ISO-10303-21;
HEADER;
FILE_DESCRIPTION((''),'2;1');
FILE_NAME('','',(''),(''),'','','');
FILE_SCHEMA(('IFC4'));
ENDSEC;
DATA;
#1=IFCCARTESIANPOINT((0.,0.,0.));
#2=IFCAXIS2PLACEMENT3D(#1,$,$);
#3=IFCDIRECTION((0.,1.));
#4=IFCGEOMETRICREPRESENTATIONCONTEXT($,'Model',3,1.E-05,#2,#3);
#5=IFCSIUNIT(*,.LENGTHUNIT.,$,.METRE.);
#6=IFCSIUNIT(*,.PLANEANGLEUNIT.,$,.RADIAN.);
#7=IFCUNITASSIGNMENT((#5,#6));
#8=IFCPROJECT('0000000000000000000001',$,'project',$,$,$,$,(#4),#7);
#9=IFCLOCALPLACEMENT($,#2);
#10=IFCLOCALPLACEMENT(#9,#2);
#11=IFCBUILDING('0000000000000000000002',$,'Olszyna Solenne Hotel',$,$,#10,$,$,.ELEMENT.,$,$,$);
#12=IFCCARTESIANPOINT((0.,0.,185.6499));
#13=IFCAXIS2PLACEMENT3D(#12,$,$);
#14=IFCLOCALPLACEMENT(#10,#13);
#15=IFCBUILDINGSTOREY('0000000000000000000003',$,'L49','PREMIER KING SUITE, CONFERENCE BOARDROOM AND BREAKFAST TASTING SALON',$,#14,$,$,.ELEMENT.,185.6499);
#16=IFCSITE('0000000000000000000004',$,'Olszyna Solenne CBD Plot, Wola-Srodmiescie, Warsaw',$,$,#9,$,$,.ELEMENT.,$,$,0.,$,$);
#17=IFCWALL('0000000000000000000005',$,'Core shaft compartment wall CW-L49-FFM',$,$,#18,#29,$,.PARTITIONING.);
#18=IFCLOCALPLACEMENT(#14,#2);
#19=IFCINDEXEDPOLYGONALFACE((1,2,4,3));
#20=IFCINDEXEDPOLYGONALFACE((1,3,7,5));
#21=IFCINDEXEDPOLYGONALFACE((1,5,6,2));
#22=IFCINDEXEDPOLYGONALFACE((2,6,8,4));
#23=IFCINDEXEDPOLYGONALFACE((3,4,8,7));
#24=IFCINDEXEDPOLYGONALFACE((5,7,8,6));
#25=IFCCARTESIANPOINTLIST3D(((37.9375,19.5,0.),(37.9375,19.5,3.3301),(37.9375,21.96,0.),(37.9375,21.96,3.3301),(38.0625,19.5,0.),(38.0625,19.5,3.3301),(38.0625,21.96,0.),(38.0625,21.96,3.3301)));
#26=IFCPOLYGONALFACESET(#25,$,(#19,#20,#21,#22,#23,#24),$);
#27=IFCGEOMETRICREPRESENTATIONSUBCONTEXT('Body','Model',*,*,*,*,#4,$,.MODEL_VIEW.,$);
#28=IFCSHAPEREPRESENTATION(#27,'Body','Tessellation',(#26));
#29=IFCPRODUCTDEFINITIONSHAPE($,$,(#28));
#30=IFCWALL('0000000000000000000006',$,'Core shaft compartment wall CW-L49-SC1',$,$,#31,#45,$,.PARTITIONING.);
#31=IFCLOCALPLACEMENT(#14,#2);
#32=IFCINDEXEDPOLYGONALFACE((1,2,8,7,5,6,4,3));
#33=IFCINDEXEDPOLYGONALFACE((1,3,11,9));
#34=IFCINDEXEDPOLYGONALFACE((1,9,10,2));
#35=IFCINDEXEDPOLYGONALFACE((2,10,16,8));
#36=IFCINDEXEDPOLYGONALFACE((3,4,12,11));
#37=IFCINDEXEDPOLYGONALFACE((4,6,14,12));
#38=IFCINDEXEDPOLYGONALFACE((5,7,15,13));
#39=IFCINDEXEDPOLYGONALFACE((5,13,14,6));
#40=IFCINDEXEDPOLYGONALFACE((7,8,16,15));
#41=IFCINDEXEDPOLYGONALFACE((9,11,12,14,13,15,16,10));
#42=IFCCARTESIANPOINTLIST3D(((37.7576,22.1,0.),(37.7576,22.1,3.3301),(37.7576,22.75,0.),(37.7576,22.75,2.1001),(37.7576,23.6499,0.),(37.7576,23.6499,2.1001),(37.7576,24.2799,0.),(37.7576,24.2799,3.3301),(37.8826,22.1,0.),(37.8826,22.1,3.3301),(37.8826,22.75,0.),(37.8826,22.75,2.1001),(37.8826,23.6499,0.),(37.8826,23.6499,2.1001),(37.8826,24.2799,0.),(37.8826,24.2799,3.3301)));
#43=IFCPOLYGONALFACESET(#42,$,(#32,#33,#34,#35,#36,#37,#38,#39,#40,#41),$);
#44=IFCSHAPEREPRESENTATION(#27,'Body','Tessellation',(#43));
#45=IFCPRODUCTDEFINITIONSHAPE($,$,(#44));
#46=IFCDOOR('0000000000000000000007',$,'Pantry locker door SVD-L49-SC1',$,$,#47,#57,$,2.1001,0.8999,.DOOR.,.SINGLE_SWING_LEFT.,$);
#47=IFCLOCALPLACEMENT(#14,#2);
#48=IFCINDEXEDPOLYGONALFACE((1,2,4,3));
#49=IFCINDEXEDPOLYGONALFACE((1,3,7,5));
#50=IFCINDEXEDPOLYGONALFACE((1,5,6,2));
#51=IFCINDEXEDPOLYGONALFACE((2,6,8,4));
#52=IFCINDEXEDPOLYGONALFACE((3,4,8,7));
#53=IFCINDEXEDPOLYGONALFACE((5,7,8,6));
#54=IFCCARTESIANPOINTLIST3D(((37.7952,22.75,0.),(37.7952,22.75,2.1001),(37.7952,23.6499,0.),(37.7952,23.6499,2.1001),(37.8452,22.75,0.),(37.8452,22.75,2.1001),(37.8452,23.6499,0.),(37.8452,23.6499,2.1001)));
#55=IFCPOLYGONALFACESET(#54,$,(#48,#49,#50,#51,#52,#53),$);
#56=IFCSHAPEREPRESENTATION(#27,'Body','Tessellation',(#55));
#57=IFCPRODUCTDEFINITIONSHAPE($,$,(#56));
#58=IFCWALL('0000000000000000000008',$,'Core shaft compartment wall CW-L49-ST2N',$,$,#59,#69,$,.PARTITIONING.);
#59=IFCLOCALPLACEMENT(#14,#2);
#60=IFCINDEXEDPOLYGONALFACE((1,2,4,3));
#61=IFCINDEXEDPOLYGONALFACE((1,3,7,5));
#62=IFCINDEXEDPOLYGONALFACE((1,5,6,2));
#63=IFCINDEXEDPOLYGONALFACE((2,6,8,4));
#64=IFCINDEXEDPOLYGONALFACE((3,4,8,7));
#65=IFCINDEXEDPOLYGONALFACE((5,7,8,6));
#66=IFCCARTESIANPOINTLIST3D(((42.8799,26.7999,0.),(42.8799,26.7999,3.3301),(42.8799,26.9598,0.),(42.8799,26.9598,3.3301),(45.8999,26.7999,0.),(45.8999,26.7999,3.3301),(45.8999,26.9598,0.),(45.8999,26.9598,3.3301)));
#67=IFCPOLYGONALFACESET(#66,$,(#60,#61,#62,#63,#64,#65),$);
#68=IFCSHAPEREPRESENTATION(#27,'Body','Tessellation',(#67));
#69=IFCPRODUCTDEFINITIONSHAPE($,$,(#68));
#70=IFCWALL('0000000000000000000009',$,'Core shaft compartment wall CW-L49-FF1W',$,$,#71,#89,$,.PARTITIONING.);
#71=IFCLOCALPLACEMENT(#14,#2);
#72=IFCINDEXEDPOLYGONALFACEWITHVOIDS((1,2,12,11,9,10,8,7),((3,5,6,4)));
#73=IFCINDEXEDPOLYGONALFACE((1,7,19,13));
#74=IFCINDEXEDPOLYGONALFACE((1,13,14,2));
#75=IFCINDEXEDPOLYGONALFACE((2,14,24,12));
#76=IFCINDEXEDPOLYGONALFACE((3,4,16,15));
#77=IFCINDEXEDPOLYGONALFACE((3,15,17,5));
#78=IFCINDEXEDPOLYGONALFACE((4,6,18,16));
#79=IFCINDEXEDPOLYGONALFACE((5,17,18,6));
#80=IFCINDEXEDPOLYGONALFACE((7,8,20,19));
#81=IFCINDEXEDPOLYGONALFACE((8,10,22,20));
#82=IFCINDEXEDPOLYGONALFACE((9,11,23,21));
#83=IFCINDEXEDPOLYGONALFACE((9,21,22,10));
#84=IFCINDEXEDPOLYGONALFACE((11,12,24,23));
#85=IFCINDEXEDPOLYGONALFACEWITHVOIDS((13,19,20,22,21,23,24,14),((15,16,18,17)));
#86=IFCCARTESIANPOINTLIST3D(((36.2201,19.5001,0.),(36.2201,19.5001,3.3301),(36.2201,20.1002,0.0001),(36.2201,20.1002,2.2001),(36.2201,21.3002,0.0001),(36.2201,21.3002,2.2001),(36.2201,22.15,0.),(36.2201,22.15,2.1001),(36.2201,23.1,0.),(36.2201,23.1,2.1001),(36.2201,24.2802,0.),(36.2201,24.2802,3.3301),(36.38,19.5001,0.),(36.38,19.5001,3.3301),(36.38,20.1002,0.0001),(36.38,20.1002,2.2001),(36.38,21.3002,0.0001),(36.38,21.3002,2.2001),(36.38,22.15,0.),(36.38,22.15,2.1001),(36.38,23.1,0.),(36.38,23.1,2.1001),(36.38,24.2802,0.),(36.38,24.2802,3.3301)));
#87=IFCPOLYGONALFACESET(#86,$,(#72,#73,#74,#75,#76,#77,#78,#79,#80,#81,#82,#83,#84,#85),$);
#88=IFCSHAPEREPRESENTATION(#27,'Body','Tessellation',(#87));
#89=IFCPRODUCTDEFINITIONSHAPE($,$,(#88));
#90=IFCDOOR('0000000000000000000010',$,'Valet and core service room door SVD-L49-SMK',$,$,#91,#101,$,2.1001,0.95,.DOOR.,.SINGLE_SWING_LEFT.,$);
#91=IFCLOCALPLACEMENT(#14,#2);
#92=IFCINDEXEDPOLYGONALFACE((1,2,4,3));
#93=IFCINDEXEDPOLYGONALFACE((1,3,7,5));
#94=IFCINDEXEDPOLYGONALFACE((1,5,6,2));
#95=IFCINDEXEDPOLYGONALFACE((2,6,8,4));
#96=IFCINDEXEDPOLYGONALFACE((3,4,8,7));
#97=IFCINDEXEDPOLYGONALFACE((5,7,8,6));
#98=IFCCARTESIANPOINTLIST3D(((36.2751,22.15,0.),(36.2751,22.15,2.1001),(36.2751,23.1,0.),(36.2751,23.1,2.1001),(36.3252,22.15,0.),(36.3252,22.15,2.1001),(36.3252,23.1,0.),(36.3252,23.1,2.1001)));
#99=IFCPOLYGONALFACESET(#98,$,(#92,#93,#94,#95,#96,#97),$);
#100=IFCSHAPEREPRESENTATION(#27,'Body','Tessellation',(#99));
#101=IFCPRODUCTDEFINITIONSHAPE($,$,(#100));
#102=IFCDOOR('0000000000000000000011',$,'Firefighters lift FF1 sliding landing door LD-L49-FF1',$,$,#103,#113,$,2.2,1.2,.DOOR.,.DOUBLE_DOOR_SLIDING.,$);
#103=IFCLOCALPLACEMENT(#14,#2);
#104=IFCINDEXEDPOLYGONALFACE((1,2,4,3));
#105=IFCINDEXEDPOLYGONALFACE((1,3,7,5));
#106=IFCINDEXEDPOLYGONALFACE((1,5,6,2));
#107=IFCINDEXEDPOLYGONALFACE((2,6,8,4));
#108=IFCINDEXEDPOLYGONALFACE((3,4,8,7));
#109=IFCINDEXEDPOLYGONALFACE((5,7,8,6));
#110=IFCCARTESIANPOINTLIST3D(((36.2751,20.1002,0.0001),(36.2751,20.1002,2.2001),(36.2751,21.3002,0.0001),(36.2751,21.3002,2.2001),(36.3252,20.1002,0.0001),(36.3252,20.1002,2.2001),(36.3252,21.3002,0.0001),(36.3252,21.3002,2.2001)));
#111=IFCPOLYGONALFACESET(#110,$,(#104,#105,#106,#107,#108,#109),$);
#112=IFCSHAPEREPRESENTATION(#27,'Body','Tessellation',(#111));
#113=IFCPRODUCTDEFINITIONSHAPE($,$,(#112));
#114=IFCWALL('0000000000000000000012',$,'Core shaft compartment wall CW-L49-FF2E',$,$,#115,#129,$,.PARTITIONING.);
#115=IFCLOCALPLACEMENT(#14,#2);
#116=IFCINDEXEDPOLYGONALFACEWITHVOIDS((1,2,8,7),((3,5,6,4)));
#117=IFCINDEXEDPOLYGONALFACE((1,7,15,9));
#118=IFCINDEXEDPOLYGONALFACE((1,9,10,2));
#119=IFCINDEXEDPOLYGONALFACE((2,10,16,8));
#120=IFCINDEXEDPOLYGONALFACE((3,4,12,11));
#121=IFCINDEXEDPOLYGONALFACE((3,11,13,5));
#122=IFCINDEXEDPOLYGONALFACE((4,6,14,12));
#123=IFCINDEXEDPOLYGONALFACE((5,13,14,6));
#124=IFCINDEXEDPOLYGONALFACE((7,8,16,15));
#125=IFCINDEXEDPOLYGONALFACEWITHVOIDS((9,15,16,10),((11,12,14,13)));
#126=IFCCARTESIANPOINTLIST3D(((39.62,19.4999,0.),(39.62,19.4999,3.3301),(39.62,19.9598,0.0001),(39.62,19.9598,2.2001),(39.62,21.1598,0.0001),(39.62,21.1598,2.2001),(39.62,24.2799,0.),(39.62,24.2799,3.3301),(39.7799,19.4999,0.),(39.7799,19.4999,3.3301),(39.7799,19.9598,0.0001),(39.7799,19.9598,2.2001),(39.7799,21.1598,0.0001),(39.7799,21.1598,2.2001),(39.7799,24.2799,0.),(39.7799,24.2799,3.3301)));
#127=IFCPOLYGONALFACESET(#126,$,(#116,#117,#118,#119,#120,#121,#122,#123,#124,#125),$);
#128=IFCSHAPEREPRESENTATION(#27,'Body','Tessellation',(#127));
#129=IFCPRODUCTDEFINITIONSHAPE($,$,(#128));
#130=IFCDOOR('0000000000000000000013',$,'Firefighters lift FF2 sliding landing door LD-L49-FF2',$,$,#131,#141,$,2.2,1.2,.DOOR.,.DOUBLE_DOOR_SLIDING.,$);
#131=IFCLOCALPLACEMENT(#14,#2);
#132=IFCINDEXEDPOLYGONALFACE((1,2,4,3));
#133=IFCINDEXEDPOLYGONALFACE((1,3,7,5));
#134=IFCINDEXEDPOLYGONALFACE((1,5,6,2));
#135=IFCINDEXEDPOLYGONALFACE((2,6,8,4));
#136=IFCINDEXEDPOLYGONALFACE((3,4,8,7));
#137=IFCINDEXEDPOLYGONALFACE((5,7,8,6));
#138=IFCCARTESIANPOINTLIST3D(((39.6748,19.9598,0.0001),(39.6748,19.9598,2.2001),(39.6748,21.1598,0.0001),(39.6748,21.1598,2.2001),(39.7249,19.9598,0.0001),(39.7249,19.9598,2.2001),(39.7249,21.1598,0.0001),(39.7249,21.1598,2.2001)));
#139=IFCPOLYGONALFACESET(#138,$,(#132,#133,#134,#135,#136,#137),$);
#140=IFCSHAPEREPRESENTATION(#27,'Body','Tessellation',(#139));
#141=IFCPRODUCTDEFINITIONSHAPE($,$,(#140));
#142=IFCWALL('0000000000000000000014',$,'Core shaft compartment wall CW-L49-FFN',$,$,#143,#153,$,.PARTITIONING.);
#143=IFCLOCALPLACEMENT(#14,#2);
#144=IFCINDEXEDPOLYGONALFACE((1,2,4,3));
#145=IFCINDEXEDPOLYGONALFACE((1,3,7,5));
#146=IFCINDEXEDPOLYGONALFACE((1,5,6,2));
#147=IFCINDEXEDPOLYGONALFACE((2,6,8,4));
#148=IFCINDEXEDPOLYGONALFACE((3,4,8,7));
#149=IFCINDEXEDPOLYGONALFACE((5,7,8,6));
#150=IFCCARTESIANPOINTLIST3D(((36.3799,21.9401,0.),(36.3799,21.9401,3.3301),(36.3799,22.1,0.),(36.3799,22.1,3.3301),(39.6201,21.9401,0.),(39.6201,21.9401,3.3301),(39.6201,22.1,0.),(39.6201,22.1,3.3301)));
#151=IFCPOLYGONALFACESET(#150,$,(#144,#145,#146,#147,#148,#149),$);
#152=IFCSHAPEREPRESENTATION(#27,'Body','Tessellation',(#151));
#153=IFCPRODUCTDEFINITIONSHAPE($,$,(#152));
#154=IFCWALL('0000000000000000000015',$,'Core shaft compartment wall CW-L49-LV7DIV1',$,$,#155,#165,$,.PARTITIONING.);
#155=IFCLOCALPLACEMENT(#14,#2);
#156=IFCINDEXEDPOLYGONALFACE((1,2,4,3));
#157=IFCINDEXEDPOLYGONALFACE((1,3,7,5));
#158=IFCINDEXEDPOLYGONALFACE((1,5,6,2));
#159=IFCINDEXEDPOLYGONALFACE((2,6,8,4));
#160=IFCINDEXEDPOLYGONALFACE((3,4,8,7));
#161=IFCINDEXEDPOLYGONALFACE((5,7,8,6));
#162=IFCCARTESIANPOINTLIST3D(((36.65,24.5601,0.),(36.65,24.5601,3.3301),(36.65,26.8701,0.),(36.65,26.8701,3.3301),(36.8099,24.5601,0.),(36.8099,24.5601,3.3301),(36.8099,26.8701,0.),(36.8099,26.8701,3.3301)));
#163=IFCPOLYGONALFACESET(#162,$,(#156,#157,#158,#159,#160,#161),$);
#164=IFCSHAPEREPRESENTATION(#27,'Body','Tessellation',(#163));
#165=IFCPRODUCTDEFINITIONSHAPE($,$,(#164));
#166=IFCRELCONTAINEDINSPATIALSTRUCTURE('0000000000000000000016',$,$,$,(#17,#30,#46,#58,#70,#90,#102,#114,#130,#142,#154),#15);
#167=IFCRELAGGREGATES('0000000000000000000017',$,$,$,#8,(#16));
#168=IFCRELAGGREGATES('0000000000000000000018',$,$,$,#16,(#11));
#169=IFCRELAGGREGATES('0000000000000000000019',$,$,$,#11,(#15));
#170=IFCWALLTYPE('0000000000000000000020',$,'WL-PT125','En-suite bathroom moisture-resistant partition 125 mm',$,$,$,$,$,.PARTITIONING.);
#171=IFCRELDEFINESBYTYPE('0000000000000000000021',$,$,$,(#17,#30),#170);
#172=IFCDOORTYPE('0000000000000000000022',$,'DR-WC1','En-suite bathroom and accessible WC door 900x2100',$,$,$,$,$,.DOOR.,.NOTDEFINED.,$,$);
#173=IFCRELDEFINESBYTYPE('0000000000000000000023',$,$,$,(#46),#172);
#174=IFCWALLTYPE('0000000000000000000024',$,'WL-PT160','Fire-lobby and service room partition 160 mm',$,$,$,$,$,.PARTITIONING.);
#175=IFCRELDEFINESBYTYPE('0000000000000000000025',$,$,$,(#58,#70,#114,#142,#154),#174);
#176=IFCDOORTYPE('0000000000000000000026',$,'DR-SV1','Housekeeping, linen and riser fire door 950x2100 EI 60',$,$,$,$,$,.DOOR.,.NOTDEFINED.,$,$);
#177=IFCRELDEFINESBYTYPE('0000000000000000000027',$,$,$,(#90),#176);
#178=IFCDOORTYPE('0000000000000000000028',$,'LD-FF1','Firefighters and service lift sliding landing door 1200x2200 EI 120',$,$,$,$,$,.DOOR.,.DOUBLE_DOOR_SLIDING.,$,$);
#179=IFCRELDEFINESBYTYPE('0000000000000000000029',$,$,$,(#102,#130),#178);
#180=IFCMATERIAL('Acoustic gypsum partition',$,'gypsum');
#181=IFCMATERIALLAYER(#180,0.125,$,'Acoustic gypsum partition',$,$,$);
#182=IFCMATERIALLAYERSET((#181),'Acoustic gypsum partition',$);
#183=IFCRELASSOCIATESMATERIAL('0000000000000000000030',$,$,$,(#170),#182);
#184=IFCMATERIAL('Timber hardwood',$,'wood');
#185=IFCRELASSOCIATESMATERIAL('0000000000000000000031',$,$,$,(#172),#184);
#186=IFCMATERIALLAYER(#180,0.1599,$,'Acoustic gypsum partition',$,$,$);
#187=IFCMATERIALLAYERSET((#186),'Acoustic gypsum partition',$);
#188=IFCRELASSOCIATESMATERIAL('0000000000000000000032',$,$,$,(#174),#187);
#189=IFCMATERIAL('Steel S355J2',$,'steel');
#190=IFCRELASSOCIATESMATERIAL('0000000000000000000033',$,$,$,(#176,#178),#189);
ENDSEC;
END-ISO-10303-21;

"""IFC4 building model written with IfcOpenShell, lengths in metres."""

from ifc_helpers import new_model, si_unit, direction, frame, frame_2d, origin, place, context, subcontext, project, spatial, rectangle, extrude, source, transform, mapped, material, layer, layer_set, type_object, type_shapes, element, fill, save


model = new_model("IFC4")

# Units and contexts
model_context = context("Model", 3, precision=1e-05, world=origin(), true_north=direction((0.0, 1.0)))
body_context = subcontext(model_context, "Body", "Model", "MODEL_VIEW")
ifc_project = project(units=[si_unit("LENGTHUNIT", "METRE"), si_unit("PLANEANGLEUNIT", "RADIAN")], contexts=[model_context])

# Site, building, storey
site_placement = place(None, origin())
site = spatial("IfcSite", under=ifc_project, at=site_placement, Name="Olszyna Solenne CBD Plot, Wola-Srodmiescie, Warsaw", CompositionType="ELEMENT", RefElevation=0.0)
building_placement = place(site_placement, origin())
building = spatial("IfcBuilding", under=site, at=building_placement, Name="Olszyna Solenne Hotel", CompositionType="ELEMENT")
storey_placement = place(building_placement, frame((0.0, 0.0, 185.6499)))
storey = spatial("IfcBuildingStorey", under=building, at=storey_placement, Name="L49", Description="PREMIER KING SUITE, CONFERENCE BOARDROOM AND BREAKFAST TASTING SALON", CompositionType="ELEMENT", Elevation=185.6499)

# Wall
ifc_material_1 = material(Name="Acoustic gypsum partition", Category="gypsum")
ifc_layer_1 = layer(ifc_material_1, 0.125, Name="Acoustic gypsum partition")
ifc_layer_set_1 = layer_set([ifc_layer_1], Name="Acoustic gypsum partition")
wall_type_1 = type_object("IfcWallType", Name="WL-PT125", Description="En-suite bathroom moisture-resistant partition 125 mm", PredefinedType="PARTITIONING", material=ifc_layer_set_1)
wall_1_placement = place(storey_placement, frame((38.0, 19.5, 0.0), z_axis=(0.0, 0.0, 1.0), x_axis=(0.0, 1.0, 0.0)))
element("IfcWall", 1, at=wall_1_placement, inside=storey, type_object=wall_type_1, Name="Core shaft compartment wall CW-L49-FFM", PredefinedType="PARTITIONING", context=body_context, shape_type="SweptSolid", body=[
    extrude(rectangle(XDim=2.46, YDim=0.125, at=frame_2d((1.23, 0.0))), origin(), (0.0, 0.0, 1.0), 3.3301),
])

# Wall, opening, door
wall_2_placement = place(storey_placement, frame((37.8201, 22.1001, 0.0), z_axis=(0.0, 0.0, 1.0), x_axis=(0.0, 1.0, 0.0)))
wall_2 = element("IfcWall", 2, at=wall_2_placement, inside=storey, type_object=wall_type_1, Name="Core shaft compartment wall CW-L49-SC1", PredefinedType="PARTITIONING", context=body_context, shape_type="SweptSolid", body=[
    extrude(rectangle(XDim=2.1799, YDim=0.125, at=frame_2d((1.0898, 0.0))), origin(), (0.0, 0.0, 1.0), 3.3301),
])
opening_1_placement = place(wall_2_placement, frame((0.6499, 0.0, 0.0)))
opening_1 = element("IfcOpeningElement", 3, at=opening_1_placement, cuts=wall_2, PredefinedType="OPENING", context=body_context, shape_type="SweptSolid", body=[
    extrude(rectangle(XDim=0.8999, YDim=2.1001, at=frame_2d((0.45, 1.05))), frame((0.0, 0.0725, 0.0), z_axis=(0.0, -1.0, 0.0), x_axis=(1.0, 0.0, 0.0)), (0.0, 0.0, 1.0), 0.145),
])
ifc_material_2 = material(Name="Timber hardwood", Category="wood")
door_type_1 = type_object("IfcDoorType", Name="DR-WC1", Description="En-suite bathroom and accessible WC door 900x2100", OperationType="NOTDEFINED", PredefinedType="DOOR", material=ifc_material_2)
shared_shape_1 = source(origin(), body_context, "Body", "SweptSolid", [
    extrude(rectangle(XDim=0.8999, YDim=2.1001, at=frame_2d((0.45, 1.05))), frame((0.0, 0.0249, 0.0), z_axis=(0.0, -1.0, 0.0), x_axis=(1.0, 0.0, 0.0)), (0.0, 0.0, 1.0), 0.05),
])
type_shapes(door_type_1, [shared_shape_1])
door_1_placement = place(opening_1_placement, origin())
door_1 = element("IfcDoor", 4, at=door_1_placement, inside=storey, type_object=door_type_1, Name="Pantry locker door SVD-L49-SC1", OperationType="SINGLE_SWING_LEFT", OverallHeight=2.1001, OverallWidth=0.8999, PredefinedType="DOOR", context=body_context, shape_type="MappedRepresentation", body=[
    mapped(shared_shape_1, transform((0.0, 0.0, 0.0), x_axis=(1.0, 0.0, 0.0), y_axis=(0.0, 1.0, 0.0), z_axis=(0.0, 0.0, 1.0), scale=1.0)),
])
fill(opening_1, door_1)

# Wall
ifc_layer_2 = layer(ifc_material_1, 0.1599, Name="Acoustic gypsum partition")
ifc_layer_set_2 = layer_set([ifc_layer_2], Name="Acoustic gypsum partition")
wall_type_2 = type_object("IfcWallType", Name="WL-PT160", Description="Fire-lobby and service room partition 160 mm", PredefinedType="PARTITIONING", material=ifc_layer_set_2)
wall_3_placement = place(storey_placement, frame((42.8799, 26.8799, 0.0), z_axis=(0.0, 0.0, 1.0), x_axis=(1.0, 0.0, 0.0)))
element("IfcWall", 5, at=wall_3_placement, inside=storey, type_object=wall_type_2, Name="Core shaft compartment wall CW-L49-ST2N", PredefinedType="PARTITIONING", context=body_context, shape_type="SweptSolid", body=[
    extrude(rectangle(XDim=3.02, YDim=0.1599, at=frame_2d((1.51, 0.0))), origin(), (0.0, 0.0, 1.0), 3.3301),
])

# Wall, openings, doors
wall_4_placement = place(storey_placement, frame((36.3, 19.5, 0.0), z_axis=(0.0, 0.0, 1.0), x_axis=(0.0, 1.0, 0.0)))
wall_4 = element("IfcWall", 6, at=wall_4_placement, inside=storey, type_object=wall_type_2, Name="Core shaft compartment wall CW-L49-FF1W", PredefinedType="PARTITIONING", context=body_context, shape_type="SweptSolid", body=[
    extrude(rectangle(XDim=4.78, YDim=0.1599, at=frame_2d((2.3901, 0.0))), origin(), (0.0, 0.0, 1.0), 3.3301),
])
opening_2_placement = place(wall_4_placement, frame((0.6001, 0.0, 0.0)))
opening_2 = element("IfcOpeningElement", 7, at=opening_2_placement, cuts=wall_4, PredefinedType="OPENING", context=body_context, shape_type="SweptSolid", body=[
    extrude(rectangle(XDim=1.2, YDim=2.2, at=frame_2d((0.6001, 1.1001))), frame((0.0, 0.0898, 0.0), z_axis=(0.0, -1.0, 0.0), x_axis=(1.0, 0.0, 0.0)), (0.0, 0.0, 1.0), 0.1799),
])
opening_3_placement = place(wall_4_placement, frame((2.6499, 0.0, 0.0)))
opening_3 = element("IfcOpeningElement", 8, at=opening_3_placement, cuts=wall_4, PredefinedType="OPENING", context=body_context, shape_type="SweptSolid", body=[
    extrude(rectangle(XDim=0.95, YDim=2.1001, at=frame_2d((0.4751, 1.05))), frame((0.0, 0.0898, 0.0), z_axis=(0.0, -1.0, 0.0), x_axis=(1.0, 0.0, 0.0)), (0.0, 0.0, 1.0), 0.1799),
])
ifc_material_3 = material(Name="Steel S355J2", Category="steel")
door_type_2 = type_object("IfcDoorType", Name="DR-SV1", Description="Housekeeping, linen and riser fire door 950x2100 EI 60", OperationType="NOTDEFINED", PredefinedType="DOOR", material=ifc_material_3)
shared_shape_2 = source(origin(), body_context, "Body", "SweptSolid", [
    extrude(rectangle(XDim=0.95, YDim=2.1001, at=frame_2d((0.4751, 1.05))), frame((0.0, 0.0249, 0.0), z_axis=(0.0, -1.0, 0.0), x_axis=(1.0, 0.0, 0.0)), (0.0, 0.0, 1.0), 0.05),
])
type_shapes(door_type_2, [shared_shape_2])
door_2_placement = place(opening_3_placement, origin())
door_2 = element("IfcDoor", 9, at=door_2_placement, inside=storey, type_object=door_type_2, Name="Valet and core service room door SVD-L49-SMK", OperationType="SINGLE_SWING_LEFT", OverallHeight=2.1001, OverallWidth=0.95, PredefinedType="DOOR", context=body_context, shape_type="MappedRepresentation", body=[
    mapped(shared_shape_2, transform((0.0, 0.0, 0.0), x_axis=(1.0, 0.0, 0.0), y_axis=(0.0, 1.0, 0.0), z_axis=(0.0, 0.0, 1.0), scale=1.0)),
])
fill(opening_3, door_2)
door_type_3 = type_object("IfcDoorType", Name="LD-FF1", Description="Firefighters and service lift sliding landing door 1200x2200 EI 120", OperationType="DOUBLE_DOOR_SLIDING", PredefinedType="DOOR", material=ifc_material_3)
shared_shape_3 = source(origin(), body_context, "Body", "SweptSolid", [
    extrude(rectangle(XDim=1.2, YDim=2.2, at=frame_2d((0.6001, 1.1001))), frame((0.0, 0.0249, 0.0), z_axis=(0.0, -1.0, 0.0), x_axis=(1.0, 0.0, 0.0)), (0.0, 0.0, 1.0), 0.05),
])
type_shapes(door_type_3, [shared_shape_3])
door_3_placement = place(opening_2_placement, origin())
door_3 = element("IfcDoor", 10, at=door_3_placement, inside=storey, type_object=door_type_3, Name="Firefighters lift FF1 sliding landing door LD-L49-FF1", OperationType="DOUBLE_DOOR_SLIDING", OverallHeight=2.2, OverallWidth=1.2, PredefinedType="DOOR", context=body_context, shape_type="MappedRepresentation", body=[
    mapped(shared_shape_3, transform((0.0, 0.0, 0.0), x_axis=(1.0, 0.0, 0.0), y_axis=(0.0, 1.0, 0.0), z_axis=(0.0, 0.0, 1.0), scale=1.0)),
])
fill(opening_2, door_3)

# Wall, opening, door
wall_5_placement = place(storey_placement, frame((39.7, 24.28, 0.0), z_axis=(0.0, 0.0, 1.0), x_axis=(0.0, -1.0, 0.0)))
wall_5 = element("IfcWall", 11, at=wall_5_placement, inside=storey, type_object=wall_type_2, Name="Core shaft compartment wall CW-L49-FF2E", PredefinedType="PARTITIONING", context=body_context, shape_type="SweptSolid", body=[
    extrude(rectangle(XDim=4.78, YDim=0.1599, at=frame_2d((2.3901, 0.0))), origin(), (0.0, 0.0, 1.0), 3.3301),
])
opening_4_placement = place(wall_5_placement, frame((3.1201, 0.0, 0.0)))
opening_4 = element("IfcOpeningElement", 12, at=opening_4_placement, cuts=wall_5, PredefinedType="OPENING", context=body_context, shape_type="SweptSolid", body=[
    extrude(rectangle(XDim=1.2, YDim=2.2, at=frame_2d((0.6001, 1.1001))), frame((0.0, 0.0898, 0.0), z_axis=(0.0, -1.0, 0.0), x_axis=(1.0, 0.0, 0.0)), (0.0, 0.0, 1.0), 0.1799),
])
door_4_placement = place(opening_4_placement, origin())
door_4 = element("IfcDoor", 13, at=door_4_placement, inside=storey, type_object=door_type_3, Name="Firefighters lift FF2 sliding landing door LD-L49-FF2", OperationType="DOUBLE_DOOR_SLIDING", OverallHeight=2.2, OverallWidth=1.2, PredefinedType="DOOR", context=body_context, shape_type="MappedRepresentation", body=[
    mapped(shared_shape_3, transform((0.0, 0.0, 0.0), x_axis=(1.0, 0.0, 0.0), y_axis=(0.0, 1.0, 0.0), z_axis=(0.0, 0.0, 1.0), scale=1.0)),
])
fill(opening_4, door_4)

# Walls
wall_6_placement = place(storey_placement, frame((36.3799, 22.02, 0.0), z_axis=(0.0, 0.0, 1.0), x_axis=(1.0, 0.0, 0.0)))
element("IfcWall", 14, at=wall_6_placement, inside=storey, type_object=wall_type_2, Name="Core shaft compartment wall CW-L49-FFN", PredefinedType="PARTITIONING", context=body_context, shape_type="SweptSolid", body=[
    extrude(rectangle(XDim=3.2402, YDim=0.1599, at=frame_2d((1.6201, 0.0))), origin(), (0.0, 0.0, 1.0), 3.3301),
])
for number, where, z_axis, x_axis, name in (
    (15, (36.73, 24.5601, 0.0), (0.0, 0.0, 1.0), (0.0, 1.0, 0.0), "Core shaft compartment wall CW-L49-LV7DIV1"),
):
    element("IfcWall", number, at=place(storey_placement, frame(where, z_axis=z_axis, x_axis=x_axis)), inside=storey, type_object=wall_type_2, Name=name, PredefinedType="PARTITIONING", context=body_context, shape_type="SweptSolid", body=[
        extrude(rectangle(XDim=2.3101, YDim=0.1599, at=frame_2d((1.155, 0.0))), origin(), (0.0, 0.0, 1.0), 3.3301),
    ])

save(model, "model.ifc")
